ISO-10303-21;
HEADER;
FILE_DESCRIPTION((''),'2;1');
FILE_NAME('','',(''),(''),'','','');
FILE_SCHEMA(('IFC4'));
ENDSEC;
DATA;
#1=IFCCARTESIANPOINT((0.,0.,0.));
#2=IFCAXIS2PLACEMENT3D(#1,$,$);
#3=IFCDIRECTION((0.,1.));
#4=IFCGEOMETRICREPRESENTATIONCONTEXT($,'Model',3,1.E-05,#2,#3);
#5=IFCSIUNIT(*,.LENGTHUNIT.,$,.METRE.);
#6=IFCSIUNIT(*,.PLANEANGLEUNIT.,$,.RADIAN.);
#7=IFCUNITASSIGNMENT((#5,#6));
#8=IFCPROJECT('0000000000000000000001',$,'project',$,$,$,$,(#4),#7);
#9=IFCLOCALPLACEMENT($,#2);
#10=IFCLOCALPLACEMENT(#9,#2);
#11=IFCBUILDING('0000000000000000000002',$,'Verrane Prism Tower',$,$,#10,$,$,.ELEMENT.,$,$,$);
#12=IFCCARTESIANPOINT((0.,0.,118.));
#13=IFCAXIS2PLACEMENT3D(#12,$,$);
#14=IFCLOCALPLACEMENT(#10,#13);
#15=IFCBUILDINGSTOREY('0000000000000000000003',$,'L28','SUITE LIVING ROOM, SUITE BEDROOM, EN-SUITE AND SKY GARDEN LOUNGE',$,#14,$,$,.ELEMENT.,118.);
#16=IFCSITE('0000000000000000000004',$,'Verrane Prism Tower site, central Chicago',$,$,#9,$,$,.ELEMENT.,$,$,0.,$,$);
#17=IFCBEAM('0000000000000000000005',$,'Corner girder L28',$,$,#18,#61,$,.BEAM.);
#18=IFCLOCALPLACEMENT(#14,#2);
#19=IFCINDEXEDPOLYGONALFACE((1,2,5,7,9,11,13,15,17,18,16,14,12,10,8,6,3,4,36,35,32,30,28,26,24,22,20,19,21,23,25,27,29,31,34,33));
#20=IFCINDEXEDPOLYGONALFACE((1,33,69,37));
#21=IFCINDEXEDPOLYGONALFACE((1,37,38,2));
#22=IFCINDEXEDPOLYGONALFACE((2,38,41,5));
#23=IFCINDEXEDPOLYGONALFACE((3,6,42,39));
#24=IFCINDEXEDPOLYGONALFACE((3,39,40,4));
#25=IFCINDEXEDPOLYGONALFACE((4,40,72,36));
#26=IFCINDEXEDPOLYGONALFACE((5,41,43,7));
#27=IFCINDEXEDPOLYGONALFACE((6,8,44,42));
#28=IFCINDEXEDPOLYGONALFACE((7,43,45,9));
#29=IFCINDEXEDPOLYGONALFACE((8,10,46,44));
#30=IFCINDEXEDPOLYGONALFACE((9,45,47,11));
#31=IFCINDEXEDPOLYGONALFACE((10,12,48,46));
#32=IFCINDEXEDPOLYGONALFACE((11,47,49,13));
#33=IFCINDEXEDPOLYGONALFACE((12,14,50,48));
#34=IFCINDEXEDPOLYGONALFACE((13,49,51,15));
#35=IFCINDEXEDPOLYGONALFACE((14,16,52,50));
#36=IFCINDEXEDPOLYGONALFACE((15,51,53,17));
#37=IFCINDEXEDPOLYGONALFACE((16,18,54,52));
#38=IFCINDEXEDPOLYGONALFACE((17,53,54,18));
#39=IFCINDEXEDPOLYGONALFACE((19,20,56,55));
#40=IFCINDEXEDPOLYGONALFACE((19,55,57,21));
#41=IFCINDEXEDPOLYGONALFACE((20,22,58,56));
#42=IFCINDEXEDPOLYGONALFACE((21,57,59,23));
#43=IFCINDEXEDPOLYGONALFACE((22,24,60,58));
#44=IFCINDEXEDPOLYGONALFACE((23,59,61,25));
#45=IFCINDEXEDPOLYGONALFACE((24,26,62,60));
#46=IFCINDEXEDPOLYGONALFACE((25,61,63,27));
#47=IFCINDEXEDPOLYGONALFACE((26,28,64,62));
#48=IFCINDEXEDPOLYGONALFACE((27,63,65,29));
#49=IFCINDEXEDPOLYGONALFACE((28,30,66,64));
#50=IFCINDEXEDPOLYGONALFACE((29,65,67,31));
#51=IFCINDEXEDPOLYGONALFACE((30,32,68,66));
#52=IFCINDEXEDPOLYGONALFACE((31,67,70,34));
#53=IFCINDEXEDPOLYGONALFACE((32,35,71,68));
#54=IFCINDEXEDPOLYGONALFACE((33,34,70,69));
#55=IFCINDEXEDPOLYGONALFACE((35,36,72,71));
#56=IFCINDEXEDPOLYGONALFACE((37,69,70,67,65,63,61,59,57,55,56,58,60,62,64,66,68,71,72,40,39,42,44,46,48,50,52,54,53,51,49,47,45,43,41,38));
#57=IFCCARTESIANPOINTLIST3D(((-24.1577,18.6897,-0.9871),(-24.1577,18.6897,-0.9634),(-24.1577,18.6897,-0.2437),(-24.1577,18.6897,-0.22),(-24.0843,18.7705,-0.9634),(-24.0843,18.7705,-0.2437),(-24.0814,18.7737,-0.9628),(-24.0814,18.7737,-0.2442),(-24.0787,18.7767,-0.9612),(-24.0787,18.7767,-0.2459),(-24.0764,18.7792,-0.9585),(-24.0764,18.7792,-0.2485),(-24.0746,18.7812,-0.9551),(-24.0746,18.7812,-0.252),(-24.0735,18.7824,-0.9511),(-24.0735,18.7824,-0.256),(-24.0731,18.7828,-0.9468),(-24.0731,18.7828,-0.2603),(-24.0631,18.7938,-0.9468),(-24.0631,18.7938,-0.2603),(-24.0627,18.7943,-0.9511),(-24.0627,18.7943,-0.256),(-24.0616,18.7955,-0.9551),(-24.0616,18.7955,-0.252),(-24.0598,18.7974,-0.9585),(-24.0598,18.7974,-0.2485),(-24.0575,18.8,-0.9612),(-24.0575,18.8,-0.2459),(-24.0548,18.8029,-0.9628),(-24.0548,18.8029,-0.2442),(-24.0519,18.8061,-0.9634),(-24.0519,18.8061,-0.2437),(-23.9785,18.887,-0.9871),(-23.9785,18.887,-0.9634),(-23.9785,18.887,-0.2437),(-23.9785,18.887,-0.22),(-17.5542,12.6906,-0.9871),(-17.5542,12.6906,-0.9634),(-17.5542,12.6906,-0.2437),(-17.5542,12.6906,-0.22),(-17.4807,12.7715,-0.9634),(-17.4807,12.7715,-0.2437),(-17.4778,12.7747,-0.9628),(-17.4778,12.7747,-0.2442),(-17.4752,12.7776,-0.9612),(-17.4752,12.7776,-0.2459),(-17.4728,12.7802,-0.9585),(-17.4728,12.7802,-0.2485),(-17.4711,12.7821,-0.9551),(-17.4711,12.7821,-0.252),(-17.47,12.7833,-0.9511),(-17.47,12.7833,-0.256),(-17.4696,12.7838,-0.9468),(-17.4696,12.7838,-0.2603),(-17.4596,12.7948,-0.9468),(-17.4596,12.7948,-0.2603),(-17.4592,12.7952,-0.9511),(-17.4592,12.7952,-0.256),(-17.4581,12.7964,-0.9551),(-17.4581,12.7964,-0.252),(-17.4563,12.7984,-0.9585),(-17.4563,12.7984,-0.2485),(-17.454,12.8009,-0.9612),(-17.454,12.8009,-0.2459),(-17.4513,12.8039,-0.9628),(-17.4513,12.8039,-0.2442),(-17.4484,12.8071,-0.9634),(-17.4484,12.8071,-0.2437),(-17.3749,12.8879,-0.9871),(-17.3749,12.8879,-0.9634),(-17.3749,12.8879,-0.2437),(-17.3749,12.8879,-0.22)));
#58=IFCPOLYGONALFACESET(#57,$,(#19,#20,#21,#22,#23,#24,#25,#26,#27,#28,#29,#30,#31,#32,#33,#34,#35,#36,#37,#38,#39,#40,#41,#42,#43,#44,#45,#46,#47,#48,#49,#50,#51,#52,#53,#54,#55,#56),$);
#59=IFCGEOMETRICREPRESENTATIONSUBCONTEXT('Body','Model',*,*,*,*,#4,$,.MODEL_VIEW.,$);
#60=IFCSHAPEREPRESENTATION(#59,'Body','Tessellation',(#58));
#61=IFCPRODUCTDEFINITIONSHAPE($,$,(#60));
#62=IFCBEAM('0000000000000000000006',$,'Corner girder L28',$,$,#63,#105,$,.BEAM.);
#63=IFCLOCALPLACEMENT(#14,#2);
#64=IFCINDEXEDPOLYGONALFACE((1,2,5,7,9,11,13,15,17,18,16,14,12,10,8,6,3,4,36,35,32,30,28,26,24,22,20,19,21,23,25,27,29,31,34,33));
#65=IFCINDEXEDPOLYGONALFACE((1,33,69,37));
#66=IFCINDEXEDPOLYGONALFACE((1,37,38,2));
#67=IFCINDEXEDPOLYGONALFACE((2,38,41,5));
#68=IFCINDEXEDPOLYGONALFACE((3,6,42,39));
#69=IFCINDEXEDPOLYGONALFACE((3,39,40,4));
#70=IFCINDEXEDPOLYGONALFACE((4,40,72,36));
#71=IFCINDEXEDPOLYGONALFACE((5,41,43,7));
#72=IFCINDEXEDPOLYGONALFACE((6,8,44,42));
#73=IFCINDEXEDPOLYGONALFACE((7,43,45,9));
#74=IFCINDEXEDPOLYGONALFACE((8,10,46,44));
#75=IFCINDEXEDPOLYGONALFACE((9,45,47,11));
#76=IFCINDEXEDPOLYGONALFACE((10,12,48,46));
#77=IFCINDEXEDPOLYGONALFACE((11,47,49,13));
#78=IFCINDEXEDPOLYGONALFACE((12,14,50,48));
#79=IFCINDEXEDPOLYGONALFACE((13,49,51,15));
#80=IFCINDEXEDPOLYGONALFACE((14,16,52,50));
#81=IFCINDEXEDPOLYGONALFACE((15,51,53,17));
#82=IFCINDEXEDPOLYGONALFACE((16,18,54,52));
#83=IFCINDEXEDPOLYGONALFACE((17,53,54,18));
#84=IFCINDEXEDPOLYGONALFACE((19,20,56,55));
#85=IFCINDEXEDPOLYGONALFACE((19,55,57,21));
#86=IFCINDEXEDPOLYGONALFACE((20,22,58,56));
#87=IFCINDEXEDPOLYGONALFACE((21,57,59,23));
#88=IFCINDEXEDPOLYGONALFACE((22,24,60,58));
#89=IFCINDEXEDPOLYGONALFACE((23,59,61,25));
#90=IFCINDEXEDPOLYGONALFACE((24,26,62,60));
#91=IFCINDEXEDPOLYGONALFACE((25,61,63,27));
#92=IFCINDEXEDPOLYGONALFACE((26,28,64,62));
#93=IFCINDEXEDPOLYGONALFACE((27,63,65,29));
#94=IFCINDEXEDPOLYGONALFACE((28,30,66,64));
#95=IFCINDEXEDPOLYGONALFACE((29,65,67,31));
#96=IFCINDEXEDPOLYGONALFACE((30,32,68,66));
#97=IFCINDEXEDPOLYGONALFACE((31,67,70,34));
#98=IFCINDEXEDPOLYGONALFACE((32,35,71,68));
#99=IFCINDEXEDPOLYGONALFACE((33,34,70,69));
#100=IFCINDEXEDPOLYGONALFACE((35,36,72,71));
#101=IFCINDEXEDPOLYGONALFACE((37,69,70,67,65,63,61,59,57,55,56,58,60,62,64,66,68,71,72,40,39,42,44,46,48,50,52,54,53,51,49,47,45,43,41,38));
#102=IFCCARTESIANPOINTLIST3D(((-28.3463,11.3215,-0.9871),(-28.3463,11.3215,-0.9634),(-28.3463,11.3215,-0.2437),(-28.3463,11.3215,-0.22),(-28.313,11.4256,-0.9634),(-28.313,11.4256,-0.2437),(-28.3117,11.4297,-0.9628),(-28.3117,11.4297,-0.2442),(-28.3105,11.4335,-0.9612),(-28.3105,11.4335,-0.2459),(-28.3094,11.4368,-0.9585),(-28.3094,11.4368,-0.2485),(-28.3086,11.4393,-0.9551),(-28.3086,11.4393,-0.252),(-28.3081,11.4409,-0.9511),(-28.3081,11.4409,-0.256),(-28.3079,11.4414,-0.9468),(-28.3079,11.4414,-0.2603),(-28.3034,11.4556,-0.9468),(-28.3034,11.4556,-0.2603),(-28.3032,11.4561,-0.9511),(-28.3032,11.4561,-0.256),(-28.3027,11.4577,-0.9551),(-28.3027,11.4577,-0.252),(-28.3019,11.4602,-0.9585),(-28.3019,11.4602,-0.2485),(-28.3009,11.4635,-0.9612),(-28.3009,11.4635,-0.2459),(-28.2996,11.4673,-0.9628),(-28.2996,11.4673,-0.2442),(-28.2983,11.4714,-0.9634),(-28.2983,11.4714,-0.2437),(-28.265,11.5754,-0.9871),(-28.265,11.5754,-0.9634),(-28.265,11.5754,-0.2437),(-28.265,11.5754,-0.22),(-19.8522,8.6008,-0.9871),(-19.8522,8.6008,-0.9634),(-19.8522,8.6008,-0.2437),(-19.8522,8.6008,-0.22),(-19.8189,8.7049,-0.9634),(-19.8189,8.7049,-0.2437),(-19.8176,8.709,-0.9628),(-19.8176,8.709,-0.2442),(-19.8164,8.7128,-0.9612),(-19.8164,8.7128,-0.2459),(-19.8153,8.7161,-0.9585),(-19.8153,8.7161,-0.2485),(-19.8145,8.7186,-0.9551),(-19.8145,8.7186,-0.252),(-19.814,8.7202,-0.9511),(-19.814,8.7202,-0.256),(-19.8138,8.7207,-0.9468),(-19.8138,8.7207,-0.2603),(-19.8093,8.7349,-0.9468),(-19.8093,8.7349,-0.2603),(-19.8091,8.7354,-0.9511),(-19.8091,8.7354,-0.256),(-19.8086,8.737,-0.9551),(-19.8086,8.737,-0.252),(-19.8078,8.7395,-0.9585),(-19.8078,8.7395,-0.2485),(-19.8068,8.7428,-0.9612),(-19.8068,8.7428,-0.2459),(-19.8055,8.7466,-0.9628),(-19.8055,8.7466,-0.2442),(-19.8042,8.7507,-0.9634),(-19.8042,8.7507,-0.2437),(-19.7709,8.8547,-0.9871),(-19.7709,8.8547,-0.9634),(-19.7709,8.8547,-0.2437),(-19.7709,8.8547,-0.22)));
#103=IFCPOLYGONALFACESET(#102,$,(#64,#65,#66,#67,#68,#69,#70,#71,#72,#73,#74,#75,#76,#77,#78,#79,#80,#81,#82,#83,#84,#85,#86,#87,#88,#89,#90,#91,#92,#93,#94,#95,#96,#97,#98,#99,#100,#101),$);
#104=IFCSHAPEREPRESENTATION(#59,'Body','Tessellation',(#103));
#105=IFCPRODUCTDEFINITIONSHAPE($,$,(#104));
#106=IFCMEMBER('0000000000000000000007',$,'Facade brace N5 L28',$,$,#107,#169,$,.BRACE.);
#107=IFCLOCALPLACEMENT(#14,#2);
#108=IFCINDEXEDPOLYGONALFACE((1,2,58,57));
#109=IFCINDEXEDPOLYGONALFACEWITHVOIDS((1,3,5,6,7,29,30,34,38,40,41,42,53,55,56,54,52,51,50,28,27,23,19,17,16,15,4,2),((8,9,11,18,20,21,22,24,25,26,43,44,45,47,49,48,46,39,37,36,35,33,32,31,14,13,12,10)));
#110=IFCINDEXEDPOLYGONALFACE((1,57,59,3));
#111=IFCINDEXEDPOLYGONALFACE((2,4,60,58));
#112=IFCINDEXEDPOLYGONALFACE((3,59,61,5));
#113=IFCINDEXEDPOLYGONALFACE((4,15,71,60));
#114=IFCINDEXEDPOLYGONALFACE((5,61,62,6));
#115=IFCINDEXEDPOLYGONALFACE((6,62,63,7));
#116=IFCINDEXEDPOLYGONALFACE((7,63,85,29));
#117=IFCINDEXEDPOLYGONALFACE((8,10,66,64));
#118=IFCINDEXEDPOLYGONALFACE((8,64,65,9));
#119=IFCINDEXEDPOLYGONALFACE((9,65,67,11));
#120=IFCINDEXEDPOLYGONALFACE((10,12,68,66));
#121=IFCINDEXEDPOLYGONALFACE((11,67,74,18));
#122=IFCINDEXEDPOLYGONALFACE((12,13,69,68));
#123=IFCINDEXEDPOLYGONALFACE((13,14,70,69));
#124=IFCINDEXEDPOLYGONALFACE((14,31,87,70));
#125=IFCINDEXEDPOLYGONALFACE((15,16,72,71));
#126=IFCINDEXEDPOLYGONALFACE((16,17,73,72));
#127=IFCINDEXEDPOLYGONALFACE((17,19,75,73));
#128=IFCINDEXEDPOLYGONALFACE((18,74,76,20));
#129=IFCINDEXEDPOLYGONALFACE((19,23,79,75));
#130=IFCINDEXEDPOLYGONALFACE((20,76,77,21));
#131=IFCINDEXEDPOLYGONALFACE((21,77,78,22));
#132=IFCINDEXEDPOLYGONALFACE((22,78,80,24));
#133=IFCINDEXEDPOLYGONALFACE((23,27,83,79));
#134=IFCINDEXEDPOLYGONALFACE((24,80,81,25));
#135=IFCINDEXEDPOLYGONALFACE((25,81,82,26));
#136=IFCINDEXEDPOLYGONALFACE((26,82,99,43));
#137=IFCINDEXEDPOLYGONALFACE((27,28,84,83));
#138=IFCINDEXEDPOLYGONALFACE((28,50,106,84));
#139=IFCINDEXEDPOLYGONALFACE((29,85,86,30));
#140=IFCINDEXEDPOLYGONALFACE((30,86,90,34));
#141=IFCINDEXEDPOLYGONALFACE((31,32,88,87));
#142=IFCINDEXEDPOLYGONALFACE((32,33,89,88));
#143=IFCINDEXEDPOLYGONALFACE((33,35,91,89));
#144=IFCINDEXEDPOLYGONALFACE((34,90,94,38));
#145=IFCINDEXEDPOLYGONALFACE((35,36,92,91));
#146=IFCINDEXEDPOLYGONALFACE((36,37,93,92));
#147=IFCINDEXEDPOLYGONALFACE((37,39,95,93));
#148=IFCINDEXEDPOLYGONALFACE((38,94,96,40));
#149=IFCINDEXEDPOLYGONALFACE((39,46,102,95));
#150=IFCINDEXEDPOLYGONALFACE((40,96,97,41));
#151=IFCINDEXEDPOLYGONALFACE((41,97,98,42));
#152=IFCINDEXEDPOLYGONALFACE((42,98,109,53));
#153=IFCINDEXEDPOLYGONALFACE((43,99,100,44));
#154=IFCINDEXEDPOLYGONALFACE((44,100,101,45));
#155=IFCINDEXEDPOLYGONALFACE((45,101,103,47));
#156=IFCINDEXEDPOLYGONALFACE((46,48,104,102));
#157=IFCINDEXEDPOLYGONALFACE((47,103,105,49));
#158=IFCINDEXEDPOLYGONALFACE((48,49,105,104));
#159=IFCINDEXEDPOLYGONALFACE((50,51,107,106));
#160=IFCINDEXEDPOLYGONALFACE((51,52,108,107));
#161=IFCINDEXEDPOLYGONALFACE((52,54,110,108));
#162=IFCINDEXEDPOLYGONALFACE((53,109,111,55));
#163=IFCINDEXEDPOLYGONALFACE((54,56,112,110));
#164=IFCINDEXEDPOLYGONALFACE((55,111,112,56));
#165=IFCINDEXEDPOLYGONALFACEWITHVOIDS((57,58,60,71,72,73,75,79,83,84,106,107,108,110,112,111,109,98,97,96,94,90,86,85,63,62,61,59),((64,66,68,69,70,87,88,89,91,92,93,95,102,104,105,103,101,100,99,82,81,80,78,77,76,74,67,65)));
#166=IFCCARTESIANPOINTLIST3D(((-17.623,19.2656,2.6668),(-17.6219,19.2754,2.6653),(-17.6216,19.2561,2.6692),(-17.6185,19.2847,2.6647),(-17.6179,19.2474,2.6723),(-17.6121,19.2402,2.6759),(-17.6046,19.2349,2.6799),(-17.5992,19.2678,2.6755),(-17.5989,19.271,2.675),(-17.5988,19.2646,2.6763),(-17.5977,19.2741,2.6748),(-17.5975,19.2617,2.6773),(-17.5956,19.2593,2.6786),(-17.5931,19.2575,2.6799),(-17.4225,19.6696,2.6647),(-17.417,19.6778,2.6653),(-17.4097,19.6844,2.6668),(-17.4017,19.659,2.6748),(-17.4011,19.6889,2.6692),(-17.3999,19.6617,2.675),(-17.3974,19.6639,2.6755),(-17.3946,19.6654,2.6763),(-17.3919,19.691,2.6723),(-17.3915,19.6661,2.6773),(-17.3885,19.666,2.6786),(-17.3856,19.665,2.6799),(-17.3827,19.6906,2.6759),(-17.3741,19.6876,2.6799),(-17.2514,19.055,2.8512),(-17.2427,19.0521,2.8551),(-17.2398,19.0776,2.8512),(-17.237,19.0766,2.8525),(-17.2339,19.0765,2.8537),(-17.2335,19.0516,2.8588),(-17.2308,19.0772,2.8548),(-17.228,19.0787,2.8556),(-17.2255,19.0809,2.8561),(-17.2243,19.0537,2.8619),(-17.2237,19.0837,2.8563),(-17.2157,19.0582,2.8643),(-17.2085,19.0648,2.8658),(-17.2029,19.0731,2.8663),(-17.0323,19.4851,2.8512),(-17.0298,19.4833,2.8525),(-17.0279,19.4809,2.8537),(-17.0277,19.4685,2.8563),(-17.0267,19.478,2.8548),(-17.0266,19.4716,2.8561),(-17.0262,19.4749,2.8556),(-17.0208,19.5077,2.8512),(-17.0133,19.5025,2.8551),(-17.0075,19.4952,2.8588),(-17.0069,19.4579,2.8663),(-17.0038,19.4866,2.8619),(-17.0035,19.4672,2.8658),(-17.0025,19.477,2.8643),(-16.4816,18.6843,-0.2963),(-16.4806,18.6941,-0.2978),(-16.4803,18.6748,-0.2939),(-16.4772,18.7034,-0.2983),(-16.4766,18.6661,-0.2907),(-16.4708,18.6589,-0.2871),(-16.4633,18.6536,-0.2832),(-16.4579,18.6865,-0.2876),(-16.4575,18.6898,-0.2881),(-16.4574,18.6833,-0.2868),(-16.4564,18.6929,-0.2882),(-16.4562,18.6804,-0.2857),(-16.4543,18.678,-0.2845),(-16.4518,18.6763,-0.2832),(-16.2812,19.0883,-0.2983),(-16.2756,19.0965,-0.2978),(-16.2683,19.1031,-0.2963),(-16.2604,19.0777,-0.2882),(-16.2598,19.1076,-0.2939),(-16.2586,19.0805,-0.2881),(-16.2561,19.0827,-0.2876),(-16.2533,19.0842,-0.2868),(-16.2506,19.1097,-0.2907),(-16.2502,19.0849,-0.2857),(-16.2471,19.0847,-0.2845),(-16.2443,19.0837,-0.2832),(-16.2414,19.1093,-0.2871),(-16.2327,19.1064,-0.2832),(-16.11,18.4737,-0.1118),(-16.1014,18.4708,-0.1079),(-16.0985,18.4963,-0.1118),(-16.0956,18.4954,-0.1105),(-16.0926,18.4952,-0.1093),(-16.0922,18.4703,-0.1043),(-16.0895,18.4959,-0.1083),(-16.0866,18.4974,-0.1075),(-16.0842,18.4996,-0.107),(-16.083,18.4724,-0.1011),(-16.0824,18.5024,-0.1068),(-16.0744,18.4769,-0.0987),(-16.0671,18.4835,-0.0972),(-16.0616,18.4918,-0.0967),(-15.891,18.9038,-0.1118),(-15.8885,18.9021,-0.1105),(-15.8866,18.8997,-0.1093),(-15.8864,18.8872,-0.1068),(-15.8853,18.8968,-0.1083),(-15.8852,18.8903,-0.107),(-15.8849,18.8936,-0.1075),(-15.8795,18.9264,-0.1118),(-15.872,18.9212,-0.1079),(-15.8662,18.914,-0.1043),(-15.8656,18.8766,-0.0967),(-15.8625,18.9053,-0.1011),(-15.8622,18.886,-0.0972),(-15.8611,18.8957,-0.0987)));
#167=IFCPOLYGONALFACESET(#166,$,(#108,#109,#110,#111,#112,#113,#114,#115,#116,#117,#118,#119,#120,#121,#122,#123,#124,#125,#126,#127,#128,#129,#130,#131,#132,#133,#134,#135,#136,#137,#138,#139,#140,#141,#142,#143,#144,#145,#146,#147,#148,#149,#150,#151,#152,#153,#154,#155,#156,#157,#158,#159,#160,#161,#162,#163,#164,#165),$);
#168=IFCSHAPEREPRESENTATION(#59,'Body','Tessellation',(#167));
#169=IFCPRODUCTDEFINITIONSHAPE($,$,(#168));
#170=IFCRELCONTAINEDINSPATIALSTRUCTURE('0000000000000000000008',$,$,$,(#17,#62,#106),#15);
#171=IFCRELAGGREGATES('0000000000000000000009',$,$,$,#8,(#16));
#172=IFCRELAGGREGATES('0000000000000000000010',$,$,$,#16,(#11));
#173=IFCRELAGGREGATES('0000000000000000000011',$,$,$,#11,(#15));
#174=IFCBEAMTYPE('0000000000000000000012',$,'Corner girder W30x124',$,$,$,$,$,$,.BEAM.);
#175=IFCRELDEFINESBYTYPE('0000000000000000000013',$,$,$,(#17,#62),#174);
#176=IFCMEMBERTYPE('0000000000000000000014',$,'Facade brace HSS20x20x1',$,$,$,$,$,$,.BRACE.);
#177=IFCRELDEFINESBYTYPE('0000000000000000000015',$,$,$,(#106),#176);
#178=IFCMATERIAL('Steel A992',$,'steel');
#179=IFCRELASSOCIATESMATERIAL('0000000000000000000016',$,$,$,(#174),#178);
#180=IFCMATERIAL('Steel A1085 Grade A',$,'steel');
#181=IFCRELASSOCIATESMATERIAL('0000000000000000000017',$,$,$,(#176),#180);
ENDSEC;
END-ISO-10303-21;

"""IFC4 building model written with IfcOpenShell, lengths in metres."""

from ifc_helpers import new_model, si_unit, direction, frame, origin, origin_2d, place, context, subcontext, project, spatial, hollow_rectangle, i_section, extrude, material, material_profile, profile_set, type_object, element, save


model = new_model("IFC4")

# Units and contexts
model_context = context("Model", 3, precision=1e-05, world=origin(), true_north=direction((0.0, 1.0)))
body_context = subcontext(model_context, "Body", "Model", "MODEL_VIEW")
ifc_project = project(units=[si_unit("LENGTHUNIT", "METRE"), si_unit("PLANEANGLEUNIT", "RADIAN")], contexts=[model_context])

# Site, building, storey
site_placement = place(None, origin())
site = spatial("IfcSite", under=ifc_project, at=site_placement, Name="Verrane Prism Tower site, central Chicago", CompositionType="ELEMENT", RefElevation=0.0)
building_placement = place(site_placement, origin())
building = spatial("IfcBuilding", under=site, at=building_placement, Name="Verrane Prism Tower", CompositionType="ELEMENT")
storey_placement = place(building_placement, frame((0.0, 0.0, 118.0)))
storey = spatial("IfcBuildingStorey", under=building, at=storey_placement, Name="L28", Description="SUITE LIVING ROOM, SUITE BEDROOM, EN-SUITE AND SKY GARDEN LOUNGE", CompositionType="ELEMENT", Elevation=118.0)

# Beams
ifc_material_1 = material(Name="Steel A992", Category="steel")
ifc_material_profile_1 = material_profile(ifc_material_1, i_section(OverallWidth=0.2666, OverallDepth=0.7671, WebThickness=0.0149, FlangeThickness=0.0237, FilletRadius=0.0166, at=origin_2d()), Name="W30x124")
ifc_profile_set_1 = profile_set([ifc_material_profile_1], Name="Steel A992")
beam_type_1 = type_object("IfcBeamType", Name="Corner girder W30x124", PredefinedType="BEAM", material=ifc_profile_set_1)
beam_1_placement = place(storey_placement, frame((-24.0681, 18.7883, -0.6035), z_axis=(0.740173, -0.672417, 0.0), x_axis=(0.672417, 0.740173, 0.0)))
element("IfcBeam", 1, at=beam_1_placement, inside=storey, type_object=beam_type_1, Name="Corner girder L28", PredefinedType="BEAM", context=body_context, shape_type="SweptSolid", body=[
    extrude(i_section(OverallWidth=0.2666, OverallDepth=0.7671, WebThickness=0.0149, FlangeThickness=0.0237, FilletRadius=0.0166, at=origin_2d()), origin(), (0.0, 0.0, 1.0), 8.9216),
])
beam_2_placement = place(storey_placement, frame((-28.3057, 11.4485, -0.6035), z_axis=(0.95234, -0.305038, 0.0), x_axis=(0.305038, 0.95234, 0.0)))
element("IfcBeam", 2, at=beam_2_placement, inside=storey, type_object=beam_type_1, Name="Corner girder L28", PredefinedType="BEAM", context=body_context, shape_type="SweptSolid", body=[
    extrude(i_section(OverallWidth=0.2666, OverallDepth=0.7671, WebThickness=0.0149, FlangeThickness=0.0237, FilletRadius=0.0166, at=origin_2d()), origin(), (0.0, 0.0, 1.0), 8.9192),
])

# Member
ifc_material_2 = material(Name="Steel A1085 Grade A", Category="steel")
ifc_material_profile_2 = material_profile(ifc_material_2, hollow_rectangle(XDim=0.5081, YDim=0.5081, WallThickness=0.0254, InnerFilletRadius=0.0127, OuterFilletRadius=0.0381, at=origin_2d()), Name="HSS20x20x1")
ifc_profile_set_2 = profile_set([ifc_material_profile_2], Name="Steel A1085 Grade A")
member_type_1 = type_object("IfcMemberType", Name="Facade brace HSS20x20x1", PredefinedType="BRACE", material=ifc_profile_set_2)
member_1_placement = place(storey_placement, frame((-16.1714, 18.79, -0.1975), z_axis=(-0.353567, 0.180073, 0.917913), x_axis=(-0.453834, -0.891086, 0.0)))
element("IfcMember", 3, at=member_1_placement, inside=storey, type_object=member_type_1, Name="Facade brace N5 L28", PredefinedType="BRACE", context=body_context, shape_type="SweptSolid", body=[
    extrude(hollow_rectangle(XDim=0.5081, YDim=0.5081, WallThickness=0.0254, InnerFilletRadius=0.0127, OuterFilletRadius=0.0381, at=origin_2d()), origin(), (0.0, 0.0, 1.0), 3.228),
])

save(model, "model.ifc")
